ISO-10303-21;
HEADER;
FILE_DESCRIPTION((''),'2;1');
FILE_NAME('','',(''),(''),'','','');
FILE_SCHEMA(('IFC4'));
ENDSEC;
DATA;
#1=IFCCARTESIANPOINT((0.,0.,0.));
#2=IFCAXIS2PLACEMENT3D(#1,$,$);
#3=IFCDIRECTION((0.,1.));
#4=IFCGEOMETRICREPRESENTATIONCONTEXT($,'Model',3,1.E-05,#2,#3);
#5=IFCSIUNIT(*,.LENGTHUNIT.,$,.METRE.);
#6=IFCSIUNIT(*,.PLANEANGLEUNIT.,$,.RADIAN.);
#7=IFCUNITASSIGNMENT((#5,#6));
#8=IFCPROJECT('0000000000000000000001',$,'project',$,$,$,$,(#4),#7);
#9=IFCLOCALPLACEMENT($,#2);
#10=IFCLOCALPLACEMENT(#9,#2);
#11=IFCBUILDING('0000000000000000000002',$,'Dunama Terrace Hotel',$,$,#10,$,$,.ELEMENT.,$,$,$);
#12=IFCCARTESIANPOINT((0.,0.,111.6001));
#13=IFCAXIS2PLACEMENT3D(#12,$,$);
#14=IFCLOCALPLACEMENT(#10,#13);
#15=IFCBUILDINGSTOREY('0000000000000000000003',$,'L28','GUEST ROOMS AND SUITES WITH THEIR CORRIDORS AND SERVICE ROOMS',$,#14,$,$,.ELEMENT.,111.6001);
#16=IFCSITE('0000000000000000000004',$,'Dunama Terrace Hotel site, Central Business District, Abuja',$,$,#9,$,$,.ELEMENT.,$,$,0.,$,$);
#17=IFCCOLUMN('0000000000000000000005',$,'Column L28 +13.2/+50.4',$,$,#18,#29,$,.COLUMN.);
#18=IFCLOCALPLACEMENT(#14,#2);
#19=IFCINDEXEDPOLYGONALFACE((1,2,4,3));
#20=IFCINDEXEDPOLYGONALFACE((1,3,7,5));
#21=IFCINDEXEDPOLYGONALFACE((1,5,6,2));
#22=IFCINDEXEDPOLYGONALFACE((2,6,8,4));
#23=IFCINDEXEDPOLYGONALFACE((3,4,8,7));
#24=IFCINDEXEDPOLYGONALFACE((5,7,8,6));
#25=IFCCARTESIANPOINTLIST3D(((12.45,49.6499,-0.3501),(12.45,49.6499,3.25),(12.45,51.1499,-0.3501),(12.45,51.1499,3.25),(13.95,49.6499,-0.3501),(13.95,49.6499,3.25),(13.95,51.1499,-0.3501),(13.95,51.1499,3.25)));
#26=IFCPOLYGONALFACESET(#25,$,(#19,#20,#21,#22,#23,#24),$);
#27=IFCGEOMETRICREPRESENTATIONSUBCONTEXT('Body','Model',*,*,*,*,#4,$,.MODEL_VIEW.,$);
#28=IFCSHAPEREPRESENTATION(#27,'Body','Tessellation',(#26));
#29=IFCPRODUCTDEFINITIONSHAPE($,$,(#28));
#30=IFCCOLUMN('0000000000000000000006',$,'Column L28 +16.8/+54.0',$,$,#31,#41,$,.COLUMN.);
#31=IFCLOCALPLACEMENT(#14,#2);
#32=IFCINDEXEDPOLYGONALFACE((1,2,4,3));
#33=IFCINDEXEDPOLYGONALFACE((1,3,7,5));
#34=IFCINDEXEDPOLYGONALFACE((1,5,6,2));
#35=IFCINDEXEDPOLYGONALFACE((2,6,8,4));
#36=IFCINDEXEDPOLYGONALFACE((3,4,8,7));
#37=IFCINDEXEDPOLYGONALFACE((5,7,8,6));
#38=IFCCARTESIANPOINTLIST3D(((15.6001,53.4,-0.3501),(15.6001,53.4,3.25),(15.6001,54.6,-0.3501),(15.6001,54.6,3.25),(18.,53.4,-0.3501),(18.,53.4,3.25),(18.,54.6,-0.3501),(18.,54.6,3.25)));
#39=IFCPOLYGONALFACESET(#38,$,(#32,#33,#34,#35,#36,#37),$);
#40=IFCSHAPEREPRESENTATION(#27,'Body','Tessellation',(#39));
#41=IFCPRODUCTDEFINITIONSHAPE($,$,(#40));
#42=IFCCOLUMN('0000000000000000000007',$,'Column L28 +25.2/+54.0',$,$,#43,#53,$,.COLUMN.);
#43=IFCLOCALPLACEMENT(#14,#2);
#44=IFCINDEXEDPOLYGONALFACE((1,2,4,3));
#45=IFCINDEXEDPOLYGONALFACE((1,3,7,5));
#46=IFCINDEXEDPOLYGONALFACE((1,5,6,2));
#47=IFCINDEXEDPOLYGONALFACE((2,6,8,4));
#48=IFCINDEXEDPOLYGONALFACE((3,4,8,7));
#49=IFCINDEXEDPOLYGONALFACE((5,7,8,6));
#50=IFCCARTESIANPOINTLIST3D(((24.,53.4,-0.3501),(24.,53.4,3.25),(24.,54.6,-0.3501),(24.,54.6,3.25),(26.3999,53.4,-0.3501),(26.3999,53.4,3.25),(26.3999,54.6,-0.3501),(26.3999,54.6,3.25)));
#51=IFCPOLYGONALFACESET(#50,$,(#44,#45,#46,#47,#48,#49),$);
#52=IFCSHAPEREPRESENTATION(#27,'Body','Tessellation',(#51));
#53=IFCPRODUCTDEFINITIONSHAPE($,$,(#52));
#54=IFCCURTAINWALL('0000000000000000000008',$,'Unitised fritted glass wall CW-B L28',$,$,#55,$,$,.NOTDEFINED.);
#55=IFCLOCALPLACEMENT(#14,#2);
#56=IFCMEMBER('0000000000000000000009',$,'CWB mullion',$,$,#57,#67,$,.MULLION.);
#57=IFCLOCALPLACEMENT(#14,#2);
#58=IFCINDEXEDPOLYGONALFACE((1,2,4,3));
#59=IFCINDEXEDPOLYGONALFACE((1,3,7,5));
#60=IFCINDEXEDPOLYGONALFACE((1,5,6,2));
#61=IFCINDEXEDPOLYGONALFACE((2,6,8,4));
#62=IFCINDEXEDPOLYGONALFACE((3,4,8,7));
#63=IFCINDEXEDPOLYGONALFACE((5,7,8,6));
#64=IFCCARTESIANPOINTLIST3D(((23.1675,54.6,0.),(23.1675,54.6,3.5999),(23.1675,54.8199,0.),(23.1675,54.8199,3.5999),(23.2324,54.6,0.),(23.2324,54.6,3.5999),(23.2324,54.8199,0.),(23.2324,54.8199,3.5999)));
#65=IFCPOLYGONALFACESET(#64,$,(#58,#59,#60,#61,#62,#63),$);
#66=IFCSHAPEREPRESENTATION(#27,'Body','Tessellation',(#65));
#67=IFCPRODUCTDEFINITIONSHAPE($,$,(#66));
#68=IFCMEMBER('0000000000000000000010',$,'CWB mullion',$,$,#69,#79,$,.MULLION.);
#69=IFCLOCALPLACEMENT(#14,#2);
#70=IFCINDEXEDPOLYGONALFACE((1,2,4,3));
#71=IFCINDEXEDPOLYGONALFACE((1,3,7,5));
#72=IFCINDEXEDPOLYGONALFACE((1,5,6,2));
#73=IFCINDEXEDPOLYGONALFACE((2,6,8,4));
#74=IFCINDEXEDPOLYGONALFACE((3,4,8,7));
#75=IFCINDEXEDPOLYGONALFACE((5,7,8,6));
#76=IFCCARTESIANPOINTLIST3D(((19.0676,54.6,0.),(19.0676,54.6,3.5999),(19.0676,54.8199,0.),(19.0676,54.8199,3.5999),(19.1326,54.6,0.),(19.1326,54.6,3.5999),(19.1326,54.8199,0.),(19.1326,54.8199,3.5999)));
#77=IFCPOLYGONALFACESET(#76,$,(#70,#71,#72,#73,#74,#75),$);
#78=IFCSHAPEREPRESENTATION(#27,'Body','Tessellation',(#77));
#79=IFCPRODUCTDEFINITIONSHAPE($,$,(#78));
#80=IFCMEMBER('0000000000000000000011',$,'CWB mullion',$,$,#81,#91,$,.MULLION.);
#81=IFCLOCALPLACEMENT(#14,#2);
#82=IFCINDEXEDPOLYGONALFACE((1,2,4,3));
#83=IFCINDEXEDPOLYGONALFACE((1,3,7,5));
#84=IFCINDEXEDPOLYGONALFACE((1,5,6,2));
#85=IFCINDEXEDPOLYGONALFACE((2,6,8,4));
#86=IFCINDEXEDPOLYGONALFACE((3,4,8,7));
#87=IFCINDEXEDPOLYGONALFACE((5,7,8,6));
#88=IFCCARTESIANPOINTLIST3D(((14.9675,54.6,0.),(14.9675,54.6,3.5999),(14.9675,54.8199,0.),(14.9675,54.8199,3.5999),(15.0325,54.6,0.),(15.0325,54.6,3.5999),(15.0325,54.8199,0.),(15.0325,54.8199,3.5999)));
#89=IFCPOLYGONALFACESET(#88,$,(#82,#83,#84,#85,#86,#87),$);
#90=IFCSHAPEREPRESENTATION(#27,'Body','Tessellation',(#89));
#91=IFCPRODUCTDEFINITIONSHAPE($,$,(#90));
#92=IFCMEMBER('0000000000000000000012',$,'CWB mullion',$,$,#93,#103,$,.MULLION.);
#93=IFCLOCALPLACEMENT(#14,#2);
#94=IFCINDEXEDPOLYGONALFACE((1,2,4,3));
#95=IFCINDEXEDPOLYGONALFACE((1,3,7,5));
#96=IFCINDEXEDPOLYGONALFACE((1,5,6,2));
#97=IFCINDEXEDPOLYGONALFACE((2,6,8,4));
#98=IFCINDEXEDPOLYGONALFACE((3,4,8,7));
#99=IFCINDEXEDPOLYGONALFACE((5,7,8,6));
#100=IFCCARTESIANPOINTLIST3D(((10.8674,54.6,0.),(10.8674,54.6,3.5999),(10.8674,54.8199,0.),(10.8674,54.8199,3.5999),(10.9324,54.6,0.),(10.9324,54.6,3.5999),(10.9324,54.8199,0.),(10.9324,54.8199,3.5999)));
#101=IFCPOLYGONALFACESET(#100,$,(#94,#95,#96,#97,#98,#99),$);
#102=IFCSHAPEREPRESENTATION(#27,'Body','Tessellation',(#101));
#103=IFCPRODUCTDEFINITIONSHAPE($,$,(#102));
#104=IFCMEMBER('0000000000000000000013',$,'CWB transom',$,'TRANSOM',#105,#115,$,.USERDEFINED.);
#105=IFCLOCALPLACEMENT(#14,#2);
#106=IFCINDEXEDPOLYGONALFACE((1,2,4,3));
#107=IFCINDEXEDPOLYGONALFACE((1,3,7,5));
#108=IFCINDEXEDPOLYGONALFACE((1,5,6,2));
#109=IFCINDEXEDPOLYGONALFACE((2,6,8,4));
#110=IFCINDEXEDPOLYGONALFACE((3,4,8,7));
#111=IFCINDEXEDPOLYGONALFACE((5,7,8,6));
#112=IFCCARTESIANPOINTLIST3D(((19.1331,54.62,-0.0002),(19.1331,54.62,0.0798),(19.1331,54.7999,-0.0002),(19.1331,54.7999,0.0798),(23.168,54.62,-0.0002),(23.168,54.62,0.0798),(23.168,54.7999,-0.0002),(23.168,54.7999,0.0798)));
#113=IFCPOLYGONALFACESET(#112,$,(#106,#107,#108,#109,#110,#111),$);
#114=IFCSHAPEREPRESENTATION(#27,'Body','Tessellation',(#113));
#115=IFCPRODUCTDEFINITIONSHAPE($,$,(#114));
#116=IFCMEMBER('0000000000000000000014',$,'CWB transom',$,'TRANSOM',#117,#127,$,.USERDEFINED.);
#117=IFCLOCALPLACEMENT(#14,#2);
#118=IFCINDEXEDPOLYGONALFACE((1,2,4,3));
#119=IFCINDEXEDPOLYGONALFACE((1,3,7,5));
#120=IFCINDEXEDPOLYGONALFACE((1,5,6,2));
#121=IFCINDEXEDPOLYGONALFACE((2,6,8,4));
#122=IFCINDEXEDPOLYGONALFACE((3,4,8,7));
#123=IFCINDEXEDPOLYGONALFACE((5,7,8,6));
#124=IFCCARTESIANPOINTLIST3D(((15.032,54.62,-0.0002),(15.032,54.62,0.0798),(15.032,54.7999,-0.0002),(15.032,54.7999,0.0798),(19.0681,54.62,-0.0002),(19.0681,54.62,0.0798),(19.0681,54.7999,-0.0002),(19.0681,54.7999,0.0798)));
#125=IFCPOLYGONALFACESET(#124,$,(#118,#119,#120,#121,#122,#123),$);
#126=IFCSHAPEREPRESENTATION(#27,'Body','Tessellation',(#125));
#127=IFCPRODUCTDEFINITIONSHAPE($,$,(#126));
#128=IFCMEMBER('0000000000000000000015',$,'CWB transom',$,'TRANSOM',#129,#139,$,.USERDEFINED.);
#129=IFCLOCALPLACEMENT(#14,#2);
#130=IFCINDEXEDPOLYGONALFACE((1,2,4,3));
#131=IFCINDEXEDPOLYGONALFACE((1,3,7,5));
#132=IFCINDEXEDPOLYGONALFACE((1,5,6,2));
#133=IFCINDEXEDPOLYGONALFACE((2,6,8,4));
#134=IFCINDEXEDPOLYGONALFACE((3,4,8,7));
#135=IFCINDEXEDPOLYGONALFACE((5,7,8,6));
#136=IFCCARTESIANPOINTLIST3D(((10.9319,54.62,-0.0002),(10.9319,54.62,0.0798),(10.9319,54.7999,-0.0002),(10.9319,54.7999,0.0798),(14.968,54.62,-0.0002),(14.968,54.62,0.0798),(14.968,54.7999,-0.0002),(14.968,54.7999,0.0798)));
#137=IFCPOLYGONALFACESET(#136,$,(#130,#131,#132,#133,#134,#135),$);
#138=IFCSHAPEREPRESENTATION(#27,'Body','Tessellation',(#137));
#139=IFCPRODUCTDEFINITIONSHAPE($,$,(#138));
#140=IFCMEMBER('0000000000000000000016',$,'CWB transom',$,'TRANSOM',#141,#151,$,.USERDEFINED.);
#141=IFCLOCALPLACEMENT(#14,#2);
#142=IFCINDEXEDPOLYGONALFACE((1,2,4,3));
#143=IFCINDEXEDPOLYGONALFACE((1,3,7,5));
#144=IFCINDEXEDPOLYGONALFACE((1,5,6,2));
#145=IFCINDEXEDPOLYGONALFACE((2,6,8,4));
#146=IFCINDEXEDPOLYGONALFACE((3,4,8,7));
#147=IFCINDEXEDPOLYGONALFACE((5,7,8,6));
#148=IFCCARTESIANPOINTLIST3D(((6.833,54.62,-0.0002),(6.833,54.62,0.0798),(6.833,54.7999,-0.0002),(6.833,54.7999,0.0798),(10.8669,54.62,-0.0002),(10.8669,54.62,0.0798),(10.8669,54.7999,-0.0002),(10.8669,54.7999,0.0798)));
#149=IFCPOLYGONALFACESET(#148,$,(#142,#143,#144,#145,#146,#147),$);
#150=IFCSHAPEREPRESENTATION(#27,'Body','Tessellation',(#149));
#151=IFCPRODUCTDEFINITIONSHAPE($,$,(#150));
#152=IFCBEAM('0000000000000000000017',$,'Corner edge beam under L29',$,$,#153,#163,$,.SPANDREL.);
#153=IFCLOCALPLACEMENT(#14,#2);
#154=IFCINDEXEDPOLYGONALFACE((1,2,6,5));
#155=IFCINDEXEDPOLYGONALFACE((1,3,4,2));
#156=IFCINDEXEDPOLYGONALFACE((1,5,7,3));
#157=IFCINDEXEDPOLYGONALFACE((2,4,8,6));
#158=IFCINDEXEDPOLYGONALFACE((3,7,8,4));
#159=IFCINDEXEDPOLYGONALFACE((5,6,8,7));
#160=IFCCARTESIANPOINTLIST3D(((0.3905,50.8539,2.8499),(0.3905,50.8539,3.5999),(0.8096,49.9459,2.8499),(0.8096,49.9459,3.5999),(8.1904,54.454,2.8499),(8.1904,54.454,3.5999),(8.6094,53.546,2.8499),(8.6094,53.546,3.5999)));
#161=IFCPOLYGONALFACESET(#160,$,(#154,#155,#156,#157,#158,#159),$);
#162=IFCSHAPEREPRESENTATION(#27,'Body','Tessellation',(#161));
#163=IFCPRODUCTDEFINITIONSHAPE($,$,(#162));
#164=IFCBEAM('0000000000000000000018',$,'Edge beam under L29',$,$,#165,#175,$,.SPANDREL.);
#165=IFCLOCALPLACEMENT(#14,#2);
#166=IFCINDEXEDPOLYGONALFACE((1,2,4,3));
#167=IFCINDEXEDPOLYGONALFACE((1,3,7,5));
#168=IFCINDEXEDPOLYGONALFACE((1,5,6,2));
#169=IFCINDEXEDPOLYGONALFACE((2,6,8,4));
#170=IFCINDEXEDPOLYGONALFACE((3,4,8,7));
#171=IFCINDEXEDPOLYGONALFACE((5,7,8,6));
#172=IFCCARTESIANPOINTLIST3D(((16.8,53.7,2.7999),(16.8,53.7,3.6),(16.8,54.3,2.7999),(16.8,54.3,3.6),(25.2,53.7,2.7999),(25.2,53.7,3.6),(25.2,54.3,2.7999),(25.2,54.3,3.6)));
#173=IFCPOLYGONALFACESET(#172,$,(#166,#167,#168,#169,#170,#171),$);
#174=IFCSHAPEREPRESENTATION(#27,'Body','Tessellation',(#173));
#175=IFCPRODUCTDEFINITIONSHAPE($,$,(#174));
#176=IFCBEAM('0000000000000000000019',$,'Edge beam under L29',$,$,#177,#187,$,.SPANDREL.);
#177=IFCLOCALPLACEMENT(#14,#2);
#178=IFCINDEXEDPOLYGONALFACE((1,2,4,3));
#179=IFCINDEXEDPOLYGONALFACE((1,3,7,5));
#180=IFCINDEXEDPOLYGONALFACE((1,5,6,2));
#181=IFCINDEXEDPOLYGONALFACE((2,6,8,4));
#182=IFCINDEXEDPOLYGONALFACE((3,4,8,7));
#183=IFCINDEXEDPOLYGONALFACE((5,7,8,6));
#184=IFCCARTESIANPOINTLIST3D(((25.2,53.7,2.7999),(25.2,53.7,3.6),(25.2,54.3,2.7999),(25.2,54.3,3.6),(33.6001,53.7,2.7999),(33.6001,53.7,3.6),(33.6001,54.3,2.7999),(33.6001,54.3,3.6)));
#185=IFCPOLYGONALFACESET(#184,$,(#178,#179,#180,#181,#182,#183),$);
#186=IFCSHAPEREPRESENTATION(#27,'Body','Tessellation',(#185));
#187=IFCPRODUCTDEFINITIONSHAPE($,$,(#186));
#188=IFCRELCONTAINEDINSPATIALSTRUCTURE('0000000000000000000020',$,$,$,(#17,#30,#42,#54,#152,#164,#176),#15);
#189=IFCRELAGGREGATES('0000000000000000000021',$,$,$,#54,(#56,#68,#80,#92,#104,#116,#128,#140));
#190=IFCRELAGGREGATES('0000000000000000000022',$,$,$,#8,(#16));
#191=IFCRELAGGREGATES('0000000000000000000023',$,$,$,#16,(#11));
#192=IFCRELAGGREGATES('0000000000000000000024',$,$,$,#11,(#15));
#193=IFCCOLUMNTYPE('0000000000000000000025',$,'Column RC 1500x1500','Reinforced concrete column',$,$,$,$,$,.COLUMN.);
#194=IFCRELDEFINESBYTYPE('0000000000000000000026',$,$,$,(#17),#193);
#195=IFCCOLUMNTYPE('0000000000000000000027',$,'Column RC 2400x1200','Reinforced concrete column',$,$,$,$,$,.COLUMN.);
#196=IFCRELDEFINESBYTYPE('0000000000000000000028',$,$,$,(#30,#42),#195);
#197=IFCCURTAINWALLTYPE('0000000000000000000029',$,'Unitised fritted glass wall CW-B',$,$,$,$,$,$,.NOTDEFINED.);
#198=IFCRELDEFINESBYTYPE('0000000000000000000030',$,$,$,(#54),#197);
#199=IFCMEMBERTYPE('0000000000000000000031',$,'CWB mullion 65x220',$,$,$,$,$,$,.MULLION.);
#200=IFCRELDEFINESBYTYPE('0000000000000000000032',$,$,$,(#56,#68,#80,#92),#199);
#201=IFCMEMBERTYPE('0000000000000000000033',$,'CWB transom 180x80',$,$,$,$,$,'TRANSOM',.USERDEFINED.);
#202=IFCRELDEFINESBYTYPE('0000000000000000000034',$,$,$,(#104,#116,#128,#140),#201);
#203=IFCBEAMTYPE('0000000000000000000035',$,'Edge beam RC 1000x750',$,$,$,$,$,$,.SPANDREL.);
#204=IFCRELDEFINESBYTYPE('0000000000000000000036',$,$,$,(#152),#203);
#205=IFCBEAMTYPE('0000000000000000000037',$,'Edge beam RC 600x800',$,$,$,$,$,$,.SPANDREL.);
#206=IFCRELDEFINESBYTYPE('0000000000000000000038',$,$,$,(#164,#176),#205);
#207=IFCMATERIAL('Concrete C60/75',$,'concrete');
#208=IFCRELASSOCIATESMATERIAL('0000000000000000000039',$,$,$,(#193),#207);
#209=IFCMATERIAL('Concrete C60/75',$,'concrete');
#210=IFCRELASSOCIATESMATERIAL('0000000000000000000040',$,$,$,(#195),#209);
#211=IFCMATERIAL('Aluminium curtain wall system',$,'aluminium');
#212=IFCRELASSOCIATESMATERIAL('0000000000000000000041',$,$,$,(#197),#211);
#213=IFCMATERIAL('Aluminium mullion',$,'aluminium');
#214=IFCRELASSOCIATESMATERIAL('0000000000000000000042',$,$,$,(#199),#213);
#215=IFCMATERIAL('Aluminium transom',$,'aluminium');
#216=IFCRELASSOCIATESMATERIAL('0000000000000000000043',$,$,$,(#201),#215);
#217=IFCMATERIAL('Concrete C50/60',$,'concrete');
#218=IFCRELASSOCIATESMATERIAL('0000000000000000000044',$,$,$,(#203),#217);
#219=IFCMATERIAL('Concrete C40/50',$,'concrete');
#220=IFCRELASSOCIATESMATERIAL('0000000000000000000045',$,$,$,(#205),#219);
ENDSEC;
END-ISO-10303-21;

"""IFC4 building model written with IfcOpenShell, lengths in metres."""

from ifc_helpers import new_model, si_unit, direction, frame, origin, origin_2d, place, context, subcontext, project, spatial, rectangle, extrude, material, material_profile, profile_set, type_object, element, aggregate, save


model = new_model("IFC4")

# Units and contexts
model_context = context("Model", 3, precision=1e-05, world=origin(), true_north=direction((0.0, 1.0)))
body_context = subcontext(model_context, "Body", "Model", "MODEL_VIEW")
ifc_project = project(units=[si_unit("LENGTHUNIT", "METRE"), si_unit("PLANEANGLEUNIT", "RADIAN")], contexts=[model_context])

# Site, building, storey
site_placement = place(None, origin())
site = spatial("IfcSite", under=ifc_project, at=site_placement, Name="Dunama Terrace Hotel site, Central Business District, Abuja", CompositionType="ELEMENT", RefElevation=0.0)
building_placement = place(site_placement, origin())
building = spatial("IfcBuilding", under=site, at=building_placement, Name="Dunama Terrace Hotel", CompositionType="ELEMENT")
storey_placement = place(building_placement, frame((0.0, 0.0, 111.6001)))
storey = spatial("IfcBuildingStorey", under=building, at=storey_placement, Name="L28", Description="GUEST ROOMS AND SUITES WITH THEIR CORRIDORS AND SERVICE ROOMS", CompositionType="ELEMENT", Elevation=111.6001)

# Columns
ifc_material_1 = material(Name="Concrete C60/75", Category="concrete")
ifc_material_profile_1 = material_profile(ifc_material_1, rectangle(XDim=1.5, YDim=1.5, at=origin_2d()), Name="RC 1500x1500")
ifc_profile_set_1 = profile_set([ifc_material_profile_1], Name="Concrete C60/75")
column_type_1 = type_object("IfcColumnType", Name="Column RC 1500x1500", Description="Reinforced concrete column", PredefinedType="COLUMN", material=ifc_profile_set_1)
column_placement = place(storey_placement, frame((13.2, 50.3999, -0.3501), z_axis=(0.0, 0.0, 1.0), x_axis=(1.0, 0.0, 0.0)))
element("IfcColumn", 1, at=column_placement, inside=storey, type_object=column_type_1, Name="Column L28 +13.2/+50.4", PredefinedType="COLUMN", context=body_context, shape_type="SweptSolid", body=[
    extrude(rectangle(XDim=1.5, YDim=1.5, at=origin_2d()), origin(), (0.0, 0.0, 1.0), 3.6001),
])
ifc_material_2 = material(Name="Concrete C60/75", Category="concrete")
ifc_material_profile_2 = material_profile(ifc_material_2, rectangle(XDim=2.3999, YDim=1.2, at=origin_2d()), Name="RC 2400x1200")
ifc_profile_set_2 = profile_set([ifc_material_profile_2], Name="Concrete C60/75")
column_type_2 = type_object("IfcColumnType", Name="Column RC 2400x1200", Description="Reinforced concrete column", PredefinedType="COLUMN", material=ifc_profile_set_2)
for number, where, z_axis, x_axis, name in (
    (2, (16.8, 54.0, -0.3501), (0.0, 0.0, 1.0), (1.0, 0.0, 0.0), "Column L28 +16.8/+54.0"),
    (3, (25.2, 54.0, -0.3501), (0.0, 0.0, 1.0), (1.0, 0.0, 0.0), "Column L28 +25.2/+54.0"),
):
    element("IfcColumn", number, at=place(storey_placement, frame(where, z_axis=z_axis, x_axis=x_axis)), inside=storey, type_object=column_type_2, Name=name, PredefinedType="COLUMN", context=body_context, shape_type="SweptSolid", body=[
        extrude(rectangle(XDim=2.3999, YDim=1.2, at=origin_2d()), origin(), (0.0, 0.0, 1.0), 3.6001),
    ])

# Curtain wall, members
ifc_material_3 = material(Name="Aluminium curtain wall system", Category="aluminium")
curtain_wall_type = type_object("IfcCurtainWallType", Name="Unitised fritted glass wall CW-B", PredefinedType="NOTDEFINED", material=ifc_material_3)
curtain_wall_placement = place(storey_placement, origin())
curtain_wall = element("IfcCurtainWall", 4, at=curtain_wall_placement, inside=storey, type_object=curtain_wall_type, Name="Unitised fritted glass wall CW-B L28", PredefinedType="NOTDEFINED")
ifc_material_4 = material(Name="Aluminium mullion", Category="aluminium")
ifc_material_profile_3 = material_profile(ifc_material_4, rectangle(XDim=0.0649, YDim=0.22, at=origin_2d()), Name="CWB MULLION 65X220")
ifc_profile_set_3 = profile_set([ifc_material_profile_3], Name="Aluminium mullion")
member_type_1 = type_object("IfcMemberType", Name="CWB mullion 65x220", PredefinedType="MULLION", material=ifc_profile_set_3)
member_1_placement = place(storey_placement, frame((23.2, 54.71, 0.0), z_axis=(0.0, 0.0, 1.0), x_axis=(-1.0, 0.0, 0.0)))
member_1 = element("IfcMember", 5, at=member_1_placement, type_object=member_type_1, Name="CWB mullion", PredefinedType="MULLION", context=body_context, shape_type="SweptSolid", body=[
    extrude(rectangle(XDim=0.0649, YDim=0.22, at=origin_2d()), origin(), (0.0, 0.0, 1.0), 3.5999),
])
member_2_placement = place(storey_placement, frame((19.1001, 54.71, 0.0), z_axis=(0.0, 0.0, 1.0), x_axis=(-1.0, 0.0, 0.0)))
member_2 = element("IfcMember", 6, at=member_2_placement, type_object=member_type_1, Name="CWB mullion", PredefinedType="MULLION", context=body_context, shape_type="SweptSolid", body=[
    extrude(rectangle(XDim=0.0649, YDim=0.22, at=origin_2d()), origin(), (0.0, 0.0, 1.0), 3.5999),
])
member_3_placement = place(storey_placement, frame((15.0, 54.71, 0.0), z_axis=(0.0, 0.0, 1.0), x_axis=(-1.0, 0.0, 0.0)))
member_3 = element("IfcMember", 7, at=member_3_placement, type_object=member_type_1, Name="CWB mullion", PredefinedType="MULLION", context=body_context, shape_type="SweptSolid", body=[
    extrude(rectangle(XDim=0.0649, YDim=0.22, at=origin_2d()), origin(), (0.0, 0.0, 1.0), 3.5999),
])
member_4_placement = place(storey_placement, frame((10.8999, 54.71, 0.0), z_axis=(0.0, 0.0, 1.0), x_axis=(-1.0, 0.0, 0.0)))
member_4 = element("IfcMember", 8, at=member_4_placement, type_object=member_type_1, Name="CWB mullion", PredefinedType="MULLION", context=body_context, shape_type="SweptSolid", body=[
    extrude(rectangle(XDim=0.0649, YDim=0.22, at=origin_2d()), origin(), (0.0, 0.0, 1.0), 3.5999),
])
ifc_material_5 = material(Name="Aluminium transom", Category="aluminium")
ifc_material_profile_4 = material_profile(ifc_material_5, rectangle(XDim=0.1799, YDim=0.0801, at=origin_2d()), Name="CWB TRANSOM 180X80")
ifc_profile_set_4 = profile_set([ifc_material_profile_4], Name="Aluminium transom")
member_type_2 = type_object("IfcMemberType", Name="CWB transom 180x80", ElementType="TRANSOM", PredefinedType="USERDEFINED", material=ifc_profile_set_4)
member_5_placement = place(storey_placement, frame((23.168, 54.71, 0.0398), z_axis=(-1.0, 0.0, 0.0), x_axis=(0.0, -1.0, 0.0)))
member_5 = element("IfcMember", 9, at=member_5_placement, type_object=member_type_2, Name="CWB transom", ObjectType="TRANSOM", PredefinedType="USERDEFINED", context=body_context, shape_type="SweptSolid", body=[
    extrude(rectangle(XDim=0.1799, YDim=0.0801, at=origin_2d()), origin(), (0.0, 0.0, 1.0), 4.0349),
])
member_6_placement = place(storey_placement, frame((19.0681, 54.71, 0.0398), z_axis=(-1.0, 0.0, 0.0), x_axis=(0.0, -1.0, 0.0)))
member_6 = element("IfcMember", 10, at=member_6_placement, type_object=member_type_2, Name="CWB transom", ObjectType="TRANSOM", PredefinedType="USERDEFINED", context=body_context, shape_type="SweptSolid", body=[
    extrude(rectangle(XDim=0.1799, YDim=0.0801, at=origin_2d()), origin(), (0.0, 0.0, 1.0), 4.0361),
])
member_7_placement = place(storey_placement, frame((14.968, 54.71, 0.0398), z_axis=(-1.0, 0.0, 0.0), x_axis=(0.0, -1.0, 0.0)))
member_7 = element("IfcMember", 11, at=member_7_placement, type_object=member_type_2, Name="CWB transom", ObjectType="TRANSOM", PredefinedType="USERDEFINED", context=body_context, shape_type="SweptSolid", body=[
    extrude(rectangle(XDim=0.1799, YDim=0.0801, at=origin_2d()), origin(), (0.0, 0.0, 1.0), 4.0361),
])
member_8_placement = place(storey_placement, frame((10.8669, 54.71, 0.0398), z_axis=(-1.0, 0.0, 0.0), x_axis=(0.0, -1.0, 0.0)))
member_8 = element("IfcMember", 12, at=member_8_placement, type_object=member_type_2, Name="CWB transom", ObjectType="TRANSOM", PredefinedType="USERDEFINED", context=body_context, shape_type="SweptSolid", body=[
    extrude(rectangle(XDim=0.1799, YDim=0.0801, at=origin_2d()), origin(), (0.0, 0.0, 1.0), 4.0339),
])

# Beams
ifc_material_6 = material(Name="Concrete C50/60", Category="concrete")
ifc_material_profile_5 = material_profile(ifc_material_6, rectangle(XDim=1.0, YDim=0.75, at=origin_2d()), Name="RC 1000x750")
ifc_profile_set_5 = profile_set([ifc_material_profile_5], Name="Concrete C50/60")
beam_type_1 = type_object("IfcBeamType", Name="Edge beam RC 1000x750", PredefinedType="SPANDREL", material=ifc_profile_set_5)
beam_1_placement = place(storey_placement, frame((8.3999, 54.0, 3.2249), z_axis=(-0.907951, -0.419076, 0.0), x_axis=(0.419076, -0.907951, 0.0)))
element("IfcBeam", 13, at=beam_1_placement, inside=storey, type_object=beam_type_1, Name="Corner edge beam under L29", PredefinedType="SPANDREL", context=body_context, shape_type="SweptSolid", body=[
    extrude(rectangle(XDim=1.0, YDim=0.75, at=origin_2d()), origin(), (0.0, 0.0, 1.0), 8.5906),
])
ifc_material_7 = material(Name="Concrete C40/50", Category="concrete")
ifc_material_profile_6 = material_profile(ifc_material_7, rectangle(XDim=0.6001, YDim=0.8, at=origin_2d()), Name="RC 600x800")
ifc_profile_set_6 = profile_set([ifc_material_profile_6], Name="Concrete C40/50")
beam_type_2 = type_object("IfcBeamType", Name="Edge beam RC 600x800", PredefinedType="SPANDREL", material=ifc_profile_set_6)
beam_2_placement = place(storey_placement, frame((16.8, 54.0, 3.2), z_axis=(1.0, 0.0, 0.0), x_axis=(0.0, 1.0, 0.0)))
element("IfcBeam", 14, at=beam_2_placement, inside=storey, type_object=beam_type_2, Name="Edge beam under L29", PredefinedType="SPANDREL", context=body_context, shape_type="SweptSolid", body=[
    extrude(rectangle(XDim=0.6001, YDim=0.8, at=origin_2d()), origin(), (0.0, 0.0, 1.0), 8.3999),
])
beam_3_placement = place(storey_placement, frame((25.2, 54.0, 3.2), z_axis=(1.0, 0.0, 0.0), x_axis=(0.0, 1.0, 0.0)))
element("IfcBeam", 15, at=beam_3_placement, inside=storey, type_object=beam_type_2, Name="Edge beam under L29", PredefinedType="SPANDREL", context=body_context, shape_type="SweptSolid", body=[
    extrude(rectangle(XDim=0.6001, YDim=0.8, at=origin_2d()), origin(), (0.0, 0.0, 1.0), 8.4001),
])

aggregate(curtain_wall, [member_1, member_2, member_3, member_4, member_5, member_6, member_7, member_8])

save(model, "model.ifc")
